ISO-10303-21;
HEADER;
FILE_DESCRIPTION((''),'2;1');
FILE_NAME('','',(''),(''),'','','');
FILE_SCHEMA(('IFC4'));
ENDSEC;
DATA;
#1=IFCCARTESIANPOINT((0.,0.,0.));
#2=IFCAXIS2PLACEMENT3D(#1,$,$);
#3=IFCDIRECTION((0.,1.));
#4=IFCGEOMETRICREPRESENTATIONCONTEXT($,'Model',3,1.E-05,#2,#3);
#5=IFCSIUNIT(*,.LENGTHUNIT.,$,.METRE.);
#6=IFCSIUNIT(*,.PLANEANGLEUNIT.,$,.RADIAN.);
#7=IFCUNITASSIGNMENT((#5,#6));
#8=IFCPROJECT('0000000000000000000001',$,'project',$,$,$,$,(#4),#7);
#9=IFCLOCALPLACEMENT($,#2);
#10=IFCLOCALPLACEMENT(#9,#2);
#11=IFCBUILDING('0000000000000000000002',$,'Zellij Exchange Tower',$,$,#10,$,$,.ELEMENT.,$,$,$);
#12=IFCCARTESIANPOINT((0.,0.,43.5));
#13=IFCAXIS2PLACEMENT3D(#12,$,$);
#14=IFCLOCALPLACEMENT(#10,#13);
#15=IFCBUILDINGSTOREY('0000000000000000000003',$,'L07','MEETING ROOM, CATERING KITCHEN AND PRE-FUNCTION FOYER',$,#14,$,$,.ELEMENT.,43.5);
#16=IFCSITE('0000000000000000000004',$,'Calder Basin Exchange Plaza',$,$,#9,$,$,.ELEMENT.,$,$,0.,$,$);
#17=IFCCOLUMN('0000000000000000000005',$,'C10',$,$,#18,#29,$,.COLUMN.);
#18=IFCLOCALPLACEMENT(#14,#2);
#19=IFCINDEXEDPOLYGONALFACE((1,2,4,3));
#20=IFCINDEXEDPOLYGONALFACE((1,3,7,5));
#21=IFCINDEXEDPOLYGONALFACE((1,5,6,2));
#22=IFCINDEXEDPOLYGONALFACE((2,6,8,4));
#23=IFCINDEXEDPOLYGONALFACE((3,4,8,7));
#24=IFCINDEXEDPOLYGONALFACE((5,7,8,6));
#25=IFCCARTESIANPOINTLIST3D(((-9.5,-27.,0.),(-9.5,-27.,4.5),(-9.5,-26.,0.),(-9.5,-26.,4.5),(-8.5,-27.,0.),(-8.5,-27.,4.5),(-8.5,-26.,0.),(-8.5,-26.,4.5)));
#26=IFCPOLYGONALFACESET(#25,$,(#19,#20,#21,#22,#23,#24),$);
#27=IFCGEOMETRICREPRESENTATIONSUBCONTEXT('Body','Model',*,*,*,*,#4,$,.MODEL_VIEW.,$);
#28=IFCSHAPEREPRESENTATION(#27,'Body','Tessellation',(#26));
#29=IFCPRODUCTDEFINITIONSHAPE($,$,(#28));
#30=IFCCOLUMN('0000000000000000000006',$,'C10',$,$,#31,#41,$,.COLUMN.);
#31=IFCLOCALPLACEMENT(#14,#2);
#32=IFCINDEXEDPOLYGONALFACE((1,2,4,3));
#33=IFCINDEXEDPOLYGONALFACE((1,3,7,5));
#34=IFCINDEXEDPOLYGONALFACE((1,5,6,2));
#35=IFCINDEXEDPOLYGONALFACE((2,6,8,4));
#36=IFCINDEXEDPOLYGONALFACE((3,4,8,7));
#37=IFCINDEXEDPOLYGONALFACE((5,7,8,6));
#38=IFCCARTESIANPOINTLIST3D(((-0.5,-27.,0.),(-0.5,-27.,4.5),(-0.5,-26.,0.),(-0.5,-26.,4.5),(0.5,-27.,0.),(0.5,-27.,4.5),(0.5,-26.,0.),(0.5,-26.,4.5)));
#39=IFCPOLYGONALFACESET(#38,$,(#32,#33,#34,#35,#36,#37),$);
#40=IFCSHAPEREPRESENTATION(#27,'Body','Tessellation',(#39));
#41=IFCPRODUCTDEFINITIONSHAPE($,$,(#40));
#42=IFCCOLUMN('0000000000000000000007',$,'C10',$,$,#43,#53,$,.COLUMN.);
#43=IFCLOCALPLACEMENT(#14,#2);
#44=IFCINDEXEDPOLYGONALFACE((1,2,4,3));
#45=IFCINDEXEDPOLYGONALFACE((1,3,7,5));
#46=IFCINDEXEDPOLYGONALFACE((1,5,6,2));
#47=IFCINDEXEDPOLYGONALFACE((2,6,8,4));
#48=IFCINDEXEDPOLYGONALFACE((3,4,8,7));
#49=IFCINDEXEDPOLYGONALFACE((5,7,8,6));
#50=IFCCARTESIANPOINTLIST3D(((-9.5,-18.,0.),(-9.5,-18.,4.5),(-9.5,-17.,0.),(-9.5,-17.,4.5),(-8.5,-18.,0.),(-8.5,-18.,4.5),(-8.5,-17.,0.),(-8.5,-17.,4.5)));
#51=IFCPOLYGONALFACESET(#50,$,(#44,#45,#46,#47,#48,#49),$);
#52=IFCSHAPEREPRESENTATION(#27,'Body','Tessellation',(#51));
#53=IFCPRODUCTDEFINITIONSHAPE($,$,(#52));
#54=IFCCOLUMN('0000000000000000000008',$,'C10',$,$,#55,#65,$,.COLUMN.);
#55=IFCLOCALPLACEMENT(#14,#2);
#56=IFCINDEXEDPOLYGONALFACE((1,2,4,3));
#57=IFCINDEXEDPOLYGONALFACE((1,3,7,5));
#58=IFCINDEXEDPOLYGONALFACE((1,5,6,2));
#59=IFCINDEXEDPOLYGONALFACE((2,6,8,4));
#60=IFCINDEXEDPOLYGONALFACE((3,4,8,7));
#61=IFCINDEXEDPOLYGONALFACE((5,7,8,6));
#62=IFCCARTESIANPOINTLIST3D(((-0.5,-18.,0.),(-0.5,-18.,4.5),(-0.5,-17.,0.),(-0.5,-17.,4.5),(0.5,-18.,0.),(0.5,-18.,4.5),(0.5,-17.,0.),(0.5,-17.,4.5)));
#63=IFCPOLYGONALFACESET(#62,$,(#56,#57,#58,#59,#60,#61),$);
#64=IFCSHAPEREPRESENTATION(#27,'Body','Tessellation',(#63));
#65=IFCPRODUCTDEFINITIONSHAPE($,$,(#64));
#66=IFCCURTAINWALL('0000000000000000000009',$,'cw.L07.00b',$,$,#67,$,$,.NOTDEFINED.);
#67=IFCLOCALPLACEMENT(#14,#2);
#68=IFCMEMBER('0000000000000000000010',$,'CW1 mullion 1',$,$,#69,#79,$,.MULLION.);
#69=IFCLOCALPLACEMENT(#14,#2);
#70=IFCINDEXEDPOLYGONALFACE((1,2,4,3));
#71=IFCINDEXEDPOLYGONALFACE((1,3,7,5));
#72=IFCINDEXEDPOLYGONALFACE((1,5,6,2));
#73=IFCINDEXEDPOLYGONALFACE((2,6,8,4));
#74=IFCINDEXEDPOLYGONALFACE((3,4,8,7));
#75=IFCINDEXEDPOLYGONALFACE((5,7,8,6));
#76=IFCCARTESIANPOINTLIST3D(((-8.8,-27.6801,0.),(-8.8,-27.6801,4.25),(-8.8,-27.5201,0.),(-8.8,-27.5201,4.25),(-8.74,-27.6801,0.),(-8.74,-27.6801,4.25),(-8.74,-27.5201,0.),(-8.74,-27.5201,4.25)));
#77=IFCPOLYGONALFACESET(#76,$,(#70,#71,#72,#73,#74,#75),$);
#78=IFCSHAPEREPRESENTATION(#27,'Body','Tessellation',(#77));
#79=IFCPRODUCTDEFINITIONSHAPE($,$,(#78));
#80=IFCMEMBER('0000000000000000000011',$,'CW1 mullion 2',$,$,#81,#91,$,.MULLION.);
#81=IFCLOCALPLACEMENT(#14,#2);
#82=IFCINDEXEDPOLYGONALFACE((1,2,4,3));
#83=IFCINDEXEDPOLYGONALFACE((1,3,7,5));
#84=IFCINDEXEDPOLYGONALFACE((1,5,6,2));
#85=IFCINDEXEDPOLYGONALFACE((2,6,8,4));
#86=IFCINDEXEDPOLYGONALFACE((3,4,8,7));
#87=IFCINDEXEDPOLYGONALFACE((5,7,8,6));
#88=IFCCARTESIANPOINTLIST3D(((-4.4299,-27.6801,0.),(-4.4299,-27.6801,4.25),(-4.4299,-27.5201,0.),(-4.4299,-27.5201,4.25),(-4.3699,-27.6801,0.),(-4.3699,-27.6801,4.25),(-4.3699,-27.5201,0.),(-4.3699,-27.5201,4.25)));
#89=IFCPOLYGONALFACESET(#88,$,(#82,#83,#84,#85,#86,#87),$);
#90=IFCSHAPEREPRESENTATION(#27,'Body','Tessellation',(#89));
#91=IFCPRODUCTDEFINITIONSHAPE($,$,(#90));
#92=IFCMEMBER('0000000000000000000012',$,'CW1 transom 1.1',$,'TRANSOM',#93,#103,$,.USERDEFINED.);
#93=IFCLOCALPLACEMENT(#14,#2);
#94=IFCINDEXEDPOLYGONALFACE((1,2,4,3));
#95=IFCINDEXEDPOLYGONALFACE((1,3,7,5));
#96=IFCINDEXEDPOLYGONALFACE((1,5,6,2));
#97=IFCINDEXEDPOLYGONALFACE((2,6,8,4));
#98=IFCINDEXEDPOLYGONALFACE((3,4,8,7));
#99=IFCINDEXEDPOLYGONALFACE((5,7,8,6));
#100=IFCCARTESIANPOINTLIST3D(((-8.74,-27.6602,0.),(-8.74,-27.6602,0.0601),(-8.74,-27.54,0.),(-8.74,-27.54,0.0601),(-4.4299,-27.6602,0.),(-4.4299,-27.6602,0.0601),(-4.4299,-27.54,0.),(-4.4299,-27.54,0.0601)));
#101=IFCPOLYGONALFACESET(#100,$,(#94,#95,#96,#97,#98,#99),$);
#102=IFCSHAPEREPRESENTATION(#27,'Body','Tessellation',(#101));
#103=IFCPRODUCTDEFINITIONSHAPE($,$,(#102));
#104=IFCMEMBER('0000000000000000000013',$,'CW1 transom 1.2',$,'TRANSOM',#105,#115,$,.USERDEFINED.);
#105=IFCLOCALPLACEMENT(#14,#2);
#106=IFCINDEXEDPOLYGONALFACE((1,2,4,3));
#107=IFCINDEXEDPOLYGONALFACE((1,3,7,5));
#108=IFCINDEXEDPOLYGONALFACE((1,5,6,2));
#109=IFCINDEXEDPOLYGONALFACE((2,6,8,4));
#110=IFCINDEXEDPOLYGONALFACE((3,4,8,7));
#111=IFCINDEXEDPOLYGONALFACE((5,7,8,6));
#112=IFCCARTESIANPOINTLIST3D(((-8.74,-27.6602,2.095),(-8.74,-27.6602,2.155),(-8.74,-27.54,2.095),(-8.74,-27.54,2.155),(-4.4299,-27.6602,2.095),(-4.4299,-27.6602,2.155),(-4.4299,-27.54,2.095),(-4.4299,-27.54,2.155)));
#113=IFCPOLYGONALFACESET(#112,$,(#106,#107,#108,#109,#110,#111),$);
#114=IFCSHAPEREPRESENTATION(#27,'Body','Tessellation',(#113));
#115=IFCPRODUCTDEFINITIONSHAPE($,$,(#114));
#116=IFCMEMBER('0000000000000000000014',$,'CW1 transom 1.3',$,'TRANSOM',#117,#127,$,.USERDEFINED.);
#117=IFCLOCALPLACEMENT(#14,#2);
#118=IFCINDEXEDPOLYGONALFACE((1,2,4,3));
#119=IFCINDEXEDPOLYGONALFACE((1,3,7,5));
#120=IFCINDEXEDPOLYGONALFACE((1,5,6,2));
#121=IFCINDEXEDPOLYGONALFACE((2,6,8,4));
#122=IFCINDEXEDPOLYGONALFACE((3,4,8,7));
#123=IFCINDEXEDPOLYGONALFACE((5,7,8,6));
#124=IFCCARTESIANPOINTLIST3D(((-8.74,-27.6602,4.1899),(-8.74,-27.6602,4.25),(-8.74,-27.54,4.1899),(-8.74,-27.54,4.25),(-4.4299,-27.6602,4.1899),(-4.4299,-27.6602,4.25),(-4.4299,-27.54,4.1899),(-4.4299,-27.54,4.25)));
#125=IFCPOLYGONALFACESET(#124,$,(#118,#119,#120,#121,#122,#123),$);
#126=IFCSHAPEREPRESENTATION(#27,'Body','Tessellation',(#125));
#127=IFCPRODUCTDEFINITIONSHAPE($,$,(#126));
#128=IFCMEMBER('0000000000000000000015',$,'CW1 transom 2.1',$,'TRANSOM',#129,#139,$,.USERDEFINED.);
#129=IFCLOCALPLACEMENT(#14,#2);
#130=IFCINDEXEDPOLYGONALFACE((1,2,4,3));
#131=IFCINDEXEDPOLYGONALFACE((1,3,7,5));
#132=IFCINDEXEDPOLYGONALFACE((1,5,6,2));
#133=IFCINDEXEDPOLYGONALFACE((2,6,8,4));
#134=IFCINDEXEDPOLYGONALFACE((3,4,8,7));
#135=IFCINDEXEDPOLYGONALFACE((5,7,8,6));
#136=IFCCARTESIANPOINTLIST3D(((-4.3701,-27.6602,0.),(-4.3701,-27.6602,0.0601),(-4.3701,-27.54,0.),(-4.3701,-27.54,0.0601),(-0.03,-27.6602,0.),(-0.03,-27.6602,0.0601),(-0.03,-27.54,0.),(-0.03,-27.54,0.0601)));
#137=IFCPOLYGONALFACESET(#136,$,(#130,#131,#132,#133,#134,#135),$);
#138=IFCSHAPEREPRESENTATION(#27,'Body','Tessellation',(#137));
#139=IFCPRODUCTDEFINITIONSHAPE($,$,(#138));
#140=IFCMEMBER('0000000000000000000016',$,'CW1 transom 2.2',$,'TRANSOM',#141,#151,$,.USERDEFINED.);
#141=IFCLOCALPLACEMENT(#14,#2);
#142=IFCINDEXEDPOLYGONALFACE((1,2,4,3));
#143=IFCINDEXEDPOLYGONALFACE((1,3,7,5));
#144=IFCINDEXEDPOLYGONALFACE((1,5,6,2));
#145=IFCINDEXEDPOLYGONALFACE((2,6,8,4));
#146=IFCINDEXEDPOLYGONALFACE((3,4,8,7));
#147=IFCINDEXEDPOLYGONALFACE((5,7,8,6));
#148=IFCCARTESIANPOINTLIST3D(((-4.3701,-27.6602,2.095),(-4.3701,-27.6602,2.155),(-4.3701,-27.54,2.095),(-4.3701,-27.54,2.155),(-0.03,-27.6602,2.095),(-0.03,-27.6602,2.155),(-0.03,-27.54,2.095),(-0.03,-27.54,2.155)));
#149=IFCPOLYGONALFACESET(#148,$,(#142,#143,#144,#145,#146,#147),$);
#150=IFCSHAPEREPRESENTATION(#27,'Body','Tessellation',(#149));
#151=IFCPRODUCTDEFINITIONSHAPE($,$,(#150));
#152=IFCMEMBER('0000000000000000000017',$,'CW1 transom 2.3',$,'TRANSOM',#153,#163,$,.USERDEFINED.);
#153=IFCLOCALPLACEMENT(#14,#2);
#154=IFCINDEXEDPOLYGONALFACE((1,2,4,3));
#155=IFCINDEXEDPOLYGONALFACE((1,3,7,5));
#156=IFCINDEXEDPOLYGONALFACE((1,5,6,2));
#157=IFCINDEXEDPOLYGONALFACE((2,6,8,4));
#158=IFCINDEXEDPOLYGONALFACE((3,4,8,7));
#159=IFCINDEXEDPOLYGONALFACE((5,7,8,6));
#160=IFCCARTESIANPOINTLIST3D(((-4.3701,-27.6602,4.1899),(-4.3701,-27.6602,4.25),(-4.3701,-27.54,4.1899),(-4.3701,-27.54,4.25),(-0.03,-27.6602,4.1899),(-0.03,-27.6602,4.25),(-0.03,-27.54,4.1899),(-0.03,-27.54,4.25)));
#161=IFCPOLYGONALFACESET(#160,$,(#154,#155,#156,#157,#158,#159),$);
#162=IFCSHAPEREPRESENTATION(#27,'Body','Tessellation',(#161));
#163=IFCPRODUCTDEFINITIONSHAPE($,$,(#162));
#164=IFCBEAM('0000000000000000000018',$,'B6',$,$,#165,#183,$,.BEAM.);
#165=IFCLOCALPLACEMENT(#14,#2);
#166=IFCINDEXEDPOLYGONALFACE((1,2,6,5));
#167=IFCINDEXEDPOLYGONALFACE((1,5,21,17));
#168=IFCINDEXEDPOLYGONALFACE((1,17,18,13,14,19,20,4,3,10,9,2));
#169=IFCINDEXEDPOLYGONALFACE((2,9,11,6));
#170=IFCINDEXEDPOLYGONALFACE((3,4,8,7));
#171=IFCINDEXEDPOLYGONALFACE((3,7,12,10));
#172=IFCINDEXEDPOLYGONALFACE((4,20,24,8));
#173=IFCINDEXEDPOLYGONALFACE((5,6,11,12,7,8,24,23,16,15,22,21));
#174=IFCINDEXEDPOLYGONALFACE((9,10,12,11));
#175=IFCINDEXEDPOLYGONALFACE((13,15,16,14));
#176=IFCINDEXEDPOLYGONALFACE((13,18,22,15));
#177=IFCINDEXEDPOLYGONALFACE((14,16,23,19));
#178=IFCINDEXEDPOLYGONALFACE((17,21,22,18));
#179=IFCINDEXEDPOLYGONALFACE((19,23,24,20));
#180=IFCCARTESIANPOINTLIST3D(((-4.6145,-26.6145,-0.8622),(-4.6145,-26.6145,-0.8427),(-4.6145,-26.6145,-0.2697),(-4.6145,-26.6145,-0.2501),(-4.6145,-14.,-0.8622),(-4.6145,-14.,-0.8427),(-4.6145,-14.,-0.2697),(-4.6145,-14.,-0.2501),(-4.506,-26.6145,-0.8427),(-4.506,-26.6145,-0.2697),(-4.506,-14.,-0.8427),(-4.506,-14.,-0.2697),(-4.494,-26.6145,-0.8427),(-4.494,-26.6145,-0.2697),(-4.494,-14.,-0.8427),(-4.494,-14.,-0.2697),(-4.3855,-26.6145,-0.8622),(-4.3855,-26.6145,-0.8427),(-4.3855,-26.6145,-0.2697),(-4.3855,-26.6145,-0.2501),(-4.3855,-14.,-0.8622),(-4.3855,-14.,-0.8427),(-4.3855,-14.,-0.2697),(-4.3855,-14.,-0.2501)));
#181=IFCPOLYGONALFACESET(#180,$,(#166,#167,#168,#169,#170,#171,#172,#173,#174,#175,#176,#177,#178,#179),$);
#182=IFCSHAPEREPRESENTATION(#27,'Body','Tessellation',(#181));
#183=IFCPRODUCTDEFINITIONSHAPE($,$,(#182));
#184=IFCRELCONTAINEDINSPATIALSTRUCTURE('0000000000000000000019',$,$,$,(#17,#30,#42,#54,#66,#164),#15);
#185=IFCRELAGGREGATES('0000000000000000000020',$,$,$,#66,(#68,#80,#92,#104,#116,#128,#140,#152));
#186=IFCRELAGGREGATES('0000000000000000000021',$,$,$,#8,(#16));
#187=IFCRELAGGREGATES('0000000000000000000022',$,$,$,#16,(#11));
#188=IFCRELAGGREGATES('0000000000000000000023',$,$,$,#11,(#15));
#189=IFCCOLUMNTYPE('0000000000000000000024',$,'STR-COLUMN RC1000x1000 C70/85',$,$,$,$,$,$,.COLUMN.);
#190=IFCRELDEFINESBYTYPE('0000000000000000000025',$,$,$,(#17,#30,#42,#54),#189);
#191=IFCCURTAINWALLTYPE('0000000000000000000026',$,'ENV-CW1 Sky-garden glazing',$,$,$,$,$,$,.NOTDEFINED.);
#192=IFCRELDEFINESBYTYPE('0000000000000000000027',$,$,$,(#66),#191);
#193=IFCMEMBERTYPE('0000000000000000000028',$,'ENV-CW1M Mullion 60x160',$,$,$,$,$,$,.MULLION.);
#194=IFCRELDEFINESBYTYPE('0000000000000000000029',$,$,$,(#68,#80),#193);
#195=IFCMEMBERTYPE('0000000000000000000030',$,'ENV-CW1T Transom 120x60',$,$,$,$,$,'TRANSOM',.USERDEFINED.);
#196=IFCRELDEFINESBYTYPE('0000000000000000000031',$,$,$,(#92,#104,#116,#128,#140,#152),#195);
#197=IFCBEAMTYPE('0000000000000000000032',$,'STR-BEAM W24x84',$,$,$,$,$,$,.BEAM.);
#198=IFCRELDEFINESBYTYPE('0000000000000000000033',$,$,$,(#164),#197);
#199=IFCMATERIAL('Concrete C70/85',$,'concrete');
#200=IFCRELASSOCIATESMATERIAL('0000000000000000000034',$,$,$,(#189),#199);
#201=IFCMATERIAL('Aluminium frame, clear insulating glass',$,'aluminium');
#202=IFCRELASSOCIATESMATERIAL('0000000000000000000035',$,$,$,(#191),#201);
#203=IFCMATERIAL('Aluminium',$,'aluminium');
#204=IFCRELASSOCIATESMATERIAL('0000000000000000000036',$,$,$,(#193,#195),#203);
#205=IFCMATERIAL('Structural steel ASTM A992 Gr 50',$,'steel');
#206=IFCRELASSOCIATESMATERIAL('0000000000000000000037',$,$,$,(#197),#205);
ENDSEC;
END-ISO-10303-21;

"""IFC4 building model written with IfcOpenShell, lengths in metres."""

from ifc_helpers import new_model, si_unit, direction, frame, origin, origin_2d, place, context, subcontext, project, spatial, rectangle, i_section, extrude, material, material_profile, profile_set, type_object, element, aggregate, save


model = new_model("IFC4")

# Units and contexts
model_context = context("Model", 3, precision=1e-05, world=origin(), true_north=direction((0.0, 1.0)))
body_context = subcontext(model_context, "Body", "Model", "MODEL_VIEW")
ifc_project = project(units=[si_unit("LENGTHUNIT", "METRE"), si_unit("PLANEANGLEUNIT", "RADIAN")], contexts=[model_context])

# Site, building, storey
site_placement = place(None, origin())
site = spatial("IfcSite", under=ifc_project, at=site_placement, Name="Calder Basin Exchange Plaza", CompositionType="ELEMENT", RefElevation=0.0)
building_placement = place(site_placement, origin())
building = spatial("IfcBuilding", under=site, at=building_placement, Name="Zellij Exchange Tower", CompositionType="ELEMENT")
storey_placement = place(building_placement, frame((0.0, 0.0, 43.5)))
storey = spatial("IfcBuildingStorey", under=building, at=storey_placement, Name="L07", Description="MEETING ROOM, CATERING KITCHEN AND PRE-FUNCTION FOYER", CompositionType="ELEMENT", Elevation=43.5)

# Columns
ifc_material_1 = material(Name="Concrete C70/85", Category="concrete")
ifc_material_profile_1 = material_profile(ifc_material_1, rectangle(XDim=1.0, YDim=1.0, at=origin_2d()), Name="STR-COLUMN RC1000x1000 C70/85")
ifc_profile_set_1 = profile_set([ifc_material_profile_1], Name="Concrete C70/85")
column_type = type_object("IfcColumnType", Name="STR-COLUMN RC1000x1000 C70/85", PredefinedType="COLUMN", material=ifc_profile_set_1)
for number, where, z_axis, x_axis, name in (
    (1, (-9.0, -26.5, 0.0), (0.0, 0.0, 1.0), (1.0, 0.0, 0.0), "C10"),
    (2, (0.0, -26.5, 0.0), (0.0, 0.0, 1.0), (1.0, 0.0, 0.0), "C10"),
    (3, (-9.0, -17.5, 0.0), (0.0, 0.0, 1.0), (1.0, 0.0, 0.0), "C10"),
    (4, (0.0, -17.5, 0.0), (0.0, 0.0, 1.0), (1.0, 0.0, 0.0), "C10"),
):
    element("IfcColumn", number, at=place(storey_placement, frame(where, z_axis=z_axis, x_axis=x_axis)), inside=storey, type_object=column_type, Name=name, PredefinedType="COLUMN", context=body_context, shape_type="SweptSolid", body=[
        extrude(rectangle(XDim=1.0, YDim=1.0, at=origin_2d()), origin(), (0.0, 0.0, 1.0), 4.5),
    ])

# Curtain wall, members
ifc_material_2 = material(Name="Aluminium frame, clear insulating glass", Category="aluminium")
curtain_wall_type = type_object("IfcCurtainWallType", Name="ENV-CW1 Sky-garden glazing", PredefinedType="NOTDEFINED", material=ifc_material_2)
curtain_wall_placement = place(storey_placement, origin())
curtain_wall = element("IfcCurtainWall", 5, at=curtain_wall_placement, inside=storey, type_object=curtain_wall_type, Name="cw.L07.00b", PredefinedType="NOTDEFINED")
ifc_material_3 = material(Name="Aluminium", Category="aluminium")
ifc_material_profile_2 = material_profile(ifc_material_3, rectangle(XDim=0.0601, YDim=0.1599, at=origin_2d()), Name="AL 60x160")
ifc_profile_set_2 = profile_set([ifc_material_profile_2], Name="Aluminium")
member_type_1 = type_object("IfcMemberType", Name="ENV-CW1M Mullion 60x160", PredefinedType="MULLION", material=ifc_profile_set_2)
member_1_placement = place(storey_placement, frame((-8.77, -27.6001, 0.0), z_axis=(0.0, 0.0, 1.0), x_axis=(1.0, 0.0, 0.0)))
member_1 = element("IfcMember", 6, at=member_1_placement, type_object=member_type_1, Name="CW1 mullion 1", PredefinedType="MULLION", context=body_context, shape_type="SweptSolid", body=[
    extrude(rectangle(XDim=0.0601, YDim=0.1599, at=origin_2d()), origin(), (0.0, 0.0, 1.0), 4.25),
])
member_2_placement = place(storey_placement, frame((-4.3999, -27.6001, 0.0), z_axis=(0.0, 0.0, 1.0), x_axis=(1.0, 0.0, 0.0)))
member_2 = element("IfcMember", 7, at=member_2_placement, type_object=member_type_1, Name="CW1 mullion 2", PredefinedType="MULLION", context=body_context, shape_type="SweptSolid", body=[
    extrude(rectangle(XDim=0.0601, YDim=0.1599, at=origin_2d()), origin(), (0.0, 0.0, 1.0), 4.25),
])
ifc_material_profile_3 = material_profile(ifc_material_3, rectangle(XDim=0.1201, YDim=0.0601, at=origin_2d()), Name="AL 120x60")
ifc_profile_set_3 = profile_set([ifc_material_profile_3], Name="Aluminium")
member_type_2 = type_object("IfcMemberType", Name="ENV-CW1T Transom 120x60", ElementType="TRANSOM", PredefinedType="USERDEFINED", material=ifc_profile_set_3)
member_3_placement = place(storey_placement, frame((-8.74, -27.6001, 0.03), z_axis=(1.0, 0.0, 0.0), x_axis=(0.0, 1.0, 0.0)))
member_3 = element("IfcMember", 8, at=member_3_placement, type_object=member_type_2, Name="CW1 transom 1.1", ObjectType="TRANSOM", PredefinedType="USERDEFINED", context=body_context, shape_type="SweptSolid", body=[
    extrude(rectangle(XDim=0.1201, YDim=0.0601, at=origin_2d()), origin(), (0.0, 0.0, 1.0), 4.3101),
])
member_4_placement = place(storey_placement, frame((-8.74, -27.6001, 2.125), z_axis=(1.0, 0.0, 0.0), x_axis=(0.0, 1.0, 0.0)))
member_4 = element("IfcMember", 9, at=member_4_placement, type_object=member_type_2, Name="CW1 transom 1.2", ObjectType="TRANSOM", PredefinedType="USERDEFINED", context=body_context, shape_type="SweptSolid", body=[
    extrude(rectangle(XDim=0.1201, YDim=0.0601, at=origin_2d()), origin(), (0.0, 0.0, 1.0), 4.3101),
])
member_5_placement = place(storey_placement, frame((-8.74, -27.6001, 4.22), z_axis=(1.0, 0.0, 0.0), x_axis=(0.0, 1.0, 0.0)))
member_5 = element("IfcMember", 10, at=member_5_placement, type_object=member_type_2, Name="CW1 transom 1.3", ObjectType="TRANSOM", PredefinedType="USERDEFINED", context=body_context, shape_type="SweptSolid", body=[
    extrude(rectangle(XDim=0.1201, YDim=0.0601, at=origin_2d()), origin(), (0.0, 0.0, 1.0), 4.3101),
])
member_6_placement = place(storey_placement, frame((-4.3701, -27.6001, 0.03), z_axis=(1.0, 0.0, 0.0), x_axis=(0.0, 1.0, 0.0)))
member_6 = element("IfcMember", 11, at=member_6_placement, type_object=member_type_2, Name="CW1 transom 2.1", ObjectType="TRANSOM", PredefinedType="USERDEFINED", context=body_context, shape_type="SweptSolid", body=[
    extrude(rectangle(XDim=0.1201, YDim=0.0601, at=origin_2d()), origin(), (0.0, 0.0, 1.0), 4.3401),
])
member_7_placement = place(storey_placement, frame((-4.3701, -27.6001, 2.125), z_axis=(1.0, 0.0, 0.0), x_axis=(0.0, 1.0, 0.0)))
member_7 = element("IfcMember", 12, at=member_7_placement, type_object=member_type_2, Name="CW1 transom 2.2", ObjectType="TRANSOM", PredefinedType="USERDEFINED", context=body_context, shape_type="SweptSolid", body=[
    extrude(rectangle(XDim=0.1201, YDim=0.0601, at=origin_2d()), origin(), (0.0, 0.0, 1.0), 4.3401),
])
member_8_placement = place(storey_placement, frame((-4.3701, -27.6001, 4.22), z_axis=(1.0, 0.0, 0.0), x_axis=(0.0, 1.0, 0.0)))
member_8 = element("IfcMember", 13, at=member_8_placement, type_object=member_type_2, Name="CW1 transom 2.3", ObjectType="TRANSOM", PredefinedType="USERDEFINED", context=body_context, shape_type="SweptSolid", body=[
    extrude(rectangle(XDim=0.1201, YDim=0.0601, at=origin_2d()), origin(), (0.0, 0.0, 1.0), 4.3401),
])

# Beam
ifc_material_4 = material(Name="Structural steel ASTM A992 Gr 50", Category="steel")
ifc_material_profile_4 = material_profile(ifc_material_4, i_section(OverallWidth=0.229, OverallDepth=0.6121, WebThickness=0.012, FlangeThickness=0.0195, at=origin_2d()), Name="W24x84")
ifc_profile_set_4 = profile_set([ifc_material_profile_4], Name="Structural steel ASTM A992 Gr 50")
beam_type_1 = type_object("IfcBeamType", Name="STR-BEAM W24x84", PredefinedType="BEAM", material=ifc_profile_set_4)
beam_1_placement = place(storey_placement, frame((-4.5, -26.6145, -0.5562), z_axis=(0.0, 1.0, 0.0), x_axis=(-1.0, 0.0, 0.0)))
element("IfcBeam", 14, at=beam_1_placement, inside=storey, type_object=beam_type_1, Name="B6", PredefinedType="BEAM", context=body_context, shape_type="SweptSolid", body=[
    extrude(i_section(OverallWidth=0.229, OverallDepth=0.6121, WebThickness=0.012, FlangeThickness=0.0195, at=origin_2d()), origin(), (0.0, 0.0, 1.0), 12.6145),
])

aggregate(curtain_wall, [member_1, member_2, member_3, member_4, member_5, member_6, member_7, member_8])

save(model, "model.ifc")
